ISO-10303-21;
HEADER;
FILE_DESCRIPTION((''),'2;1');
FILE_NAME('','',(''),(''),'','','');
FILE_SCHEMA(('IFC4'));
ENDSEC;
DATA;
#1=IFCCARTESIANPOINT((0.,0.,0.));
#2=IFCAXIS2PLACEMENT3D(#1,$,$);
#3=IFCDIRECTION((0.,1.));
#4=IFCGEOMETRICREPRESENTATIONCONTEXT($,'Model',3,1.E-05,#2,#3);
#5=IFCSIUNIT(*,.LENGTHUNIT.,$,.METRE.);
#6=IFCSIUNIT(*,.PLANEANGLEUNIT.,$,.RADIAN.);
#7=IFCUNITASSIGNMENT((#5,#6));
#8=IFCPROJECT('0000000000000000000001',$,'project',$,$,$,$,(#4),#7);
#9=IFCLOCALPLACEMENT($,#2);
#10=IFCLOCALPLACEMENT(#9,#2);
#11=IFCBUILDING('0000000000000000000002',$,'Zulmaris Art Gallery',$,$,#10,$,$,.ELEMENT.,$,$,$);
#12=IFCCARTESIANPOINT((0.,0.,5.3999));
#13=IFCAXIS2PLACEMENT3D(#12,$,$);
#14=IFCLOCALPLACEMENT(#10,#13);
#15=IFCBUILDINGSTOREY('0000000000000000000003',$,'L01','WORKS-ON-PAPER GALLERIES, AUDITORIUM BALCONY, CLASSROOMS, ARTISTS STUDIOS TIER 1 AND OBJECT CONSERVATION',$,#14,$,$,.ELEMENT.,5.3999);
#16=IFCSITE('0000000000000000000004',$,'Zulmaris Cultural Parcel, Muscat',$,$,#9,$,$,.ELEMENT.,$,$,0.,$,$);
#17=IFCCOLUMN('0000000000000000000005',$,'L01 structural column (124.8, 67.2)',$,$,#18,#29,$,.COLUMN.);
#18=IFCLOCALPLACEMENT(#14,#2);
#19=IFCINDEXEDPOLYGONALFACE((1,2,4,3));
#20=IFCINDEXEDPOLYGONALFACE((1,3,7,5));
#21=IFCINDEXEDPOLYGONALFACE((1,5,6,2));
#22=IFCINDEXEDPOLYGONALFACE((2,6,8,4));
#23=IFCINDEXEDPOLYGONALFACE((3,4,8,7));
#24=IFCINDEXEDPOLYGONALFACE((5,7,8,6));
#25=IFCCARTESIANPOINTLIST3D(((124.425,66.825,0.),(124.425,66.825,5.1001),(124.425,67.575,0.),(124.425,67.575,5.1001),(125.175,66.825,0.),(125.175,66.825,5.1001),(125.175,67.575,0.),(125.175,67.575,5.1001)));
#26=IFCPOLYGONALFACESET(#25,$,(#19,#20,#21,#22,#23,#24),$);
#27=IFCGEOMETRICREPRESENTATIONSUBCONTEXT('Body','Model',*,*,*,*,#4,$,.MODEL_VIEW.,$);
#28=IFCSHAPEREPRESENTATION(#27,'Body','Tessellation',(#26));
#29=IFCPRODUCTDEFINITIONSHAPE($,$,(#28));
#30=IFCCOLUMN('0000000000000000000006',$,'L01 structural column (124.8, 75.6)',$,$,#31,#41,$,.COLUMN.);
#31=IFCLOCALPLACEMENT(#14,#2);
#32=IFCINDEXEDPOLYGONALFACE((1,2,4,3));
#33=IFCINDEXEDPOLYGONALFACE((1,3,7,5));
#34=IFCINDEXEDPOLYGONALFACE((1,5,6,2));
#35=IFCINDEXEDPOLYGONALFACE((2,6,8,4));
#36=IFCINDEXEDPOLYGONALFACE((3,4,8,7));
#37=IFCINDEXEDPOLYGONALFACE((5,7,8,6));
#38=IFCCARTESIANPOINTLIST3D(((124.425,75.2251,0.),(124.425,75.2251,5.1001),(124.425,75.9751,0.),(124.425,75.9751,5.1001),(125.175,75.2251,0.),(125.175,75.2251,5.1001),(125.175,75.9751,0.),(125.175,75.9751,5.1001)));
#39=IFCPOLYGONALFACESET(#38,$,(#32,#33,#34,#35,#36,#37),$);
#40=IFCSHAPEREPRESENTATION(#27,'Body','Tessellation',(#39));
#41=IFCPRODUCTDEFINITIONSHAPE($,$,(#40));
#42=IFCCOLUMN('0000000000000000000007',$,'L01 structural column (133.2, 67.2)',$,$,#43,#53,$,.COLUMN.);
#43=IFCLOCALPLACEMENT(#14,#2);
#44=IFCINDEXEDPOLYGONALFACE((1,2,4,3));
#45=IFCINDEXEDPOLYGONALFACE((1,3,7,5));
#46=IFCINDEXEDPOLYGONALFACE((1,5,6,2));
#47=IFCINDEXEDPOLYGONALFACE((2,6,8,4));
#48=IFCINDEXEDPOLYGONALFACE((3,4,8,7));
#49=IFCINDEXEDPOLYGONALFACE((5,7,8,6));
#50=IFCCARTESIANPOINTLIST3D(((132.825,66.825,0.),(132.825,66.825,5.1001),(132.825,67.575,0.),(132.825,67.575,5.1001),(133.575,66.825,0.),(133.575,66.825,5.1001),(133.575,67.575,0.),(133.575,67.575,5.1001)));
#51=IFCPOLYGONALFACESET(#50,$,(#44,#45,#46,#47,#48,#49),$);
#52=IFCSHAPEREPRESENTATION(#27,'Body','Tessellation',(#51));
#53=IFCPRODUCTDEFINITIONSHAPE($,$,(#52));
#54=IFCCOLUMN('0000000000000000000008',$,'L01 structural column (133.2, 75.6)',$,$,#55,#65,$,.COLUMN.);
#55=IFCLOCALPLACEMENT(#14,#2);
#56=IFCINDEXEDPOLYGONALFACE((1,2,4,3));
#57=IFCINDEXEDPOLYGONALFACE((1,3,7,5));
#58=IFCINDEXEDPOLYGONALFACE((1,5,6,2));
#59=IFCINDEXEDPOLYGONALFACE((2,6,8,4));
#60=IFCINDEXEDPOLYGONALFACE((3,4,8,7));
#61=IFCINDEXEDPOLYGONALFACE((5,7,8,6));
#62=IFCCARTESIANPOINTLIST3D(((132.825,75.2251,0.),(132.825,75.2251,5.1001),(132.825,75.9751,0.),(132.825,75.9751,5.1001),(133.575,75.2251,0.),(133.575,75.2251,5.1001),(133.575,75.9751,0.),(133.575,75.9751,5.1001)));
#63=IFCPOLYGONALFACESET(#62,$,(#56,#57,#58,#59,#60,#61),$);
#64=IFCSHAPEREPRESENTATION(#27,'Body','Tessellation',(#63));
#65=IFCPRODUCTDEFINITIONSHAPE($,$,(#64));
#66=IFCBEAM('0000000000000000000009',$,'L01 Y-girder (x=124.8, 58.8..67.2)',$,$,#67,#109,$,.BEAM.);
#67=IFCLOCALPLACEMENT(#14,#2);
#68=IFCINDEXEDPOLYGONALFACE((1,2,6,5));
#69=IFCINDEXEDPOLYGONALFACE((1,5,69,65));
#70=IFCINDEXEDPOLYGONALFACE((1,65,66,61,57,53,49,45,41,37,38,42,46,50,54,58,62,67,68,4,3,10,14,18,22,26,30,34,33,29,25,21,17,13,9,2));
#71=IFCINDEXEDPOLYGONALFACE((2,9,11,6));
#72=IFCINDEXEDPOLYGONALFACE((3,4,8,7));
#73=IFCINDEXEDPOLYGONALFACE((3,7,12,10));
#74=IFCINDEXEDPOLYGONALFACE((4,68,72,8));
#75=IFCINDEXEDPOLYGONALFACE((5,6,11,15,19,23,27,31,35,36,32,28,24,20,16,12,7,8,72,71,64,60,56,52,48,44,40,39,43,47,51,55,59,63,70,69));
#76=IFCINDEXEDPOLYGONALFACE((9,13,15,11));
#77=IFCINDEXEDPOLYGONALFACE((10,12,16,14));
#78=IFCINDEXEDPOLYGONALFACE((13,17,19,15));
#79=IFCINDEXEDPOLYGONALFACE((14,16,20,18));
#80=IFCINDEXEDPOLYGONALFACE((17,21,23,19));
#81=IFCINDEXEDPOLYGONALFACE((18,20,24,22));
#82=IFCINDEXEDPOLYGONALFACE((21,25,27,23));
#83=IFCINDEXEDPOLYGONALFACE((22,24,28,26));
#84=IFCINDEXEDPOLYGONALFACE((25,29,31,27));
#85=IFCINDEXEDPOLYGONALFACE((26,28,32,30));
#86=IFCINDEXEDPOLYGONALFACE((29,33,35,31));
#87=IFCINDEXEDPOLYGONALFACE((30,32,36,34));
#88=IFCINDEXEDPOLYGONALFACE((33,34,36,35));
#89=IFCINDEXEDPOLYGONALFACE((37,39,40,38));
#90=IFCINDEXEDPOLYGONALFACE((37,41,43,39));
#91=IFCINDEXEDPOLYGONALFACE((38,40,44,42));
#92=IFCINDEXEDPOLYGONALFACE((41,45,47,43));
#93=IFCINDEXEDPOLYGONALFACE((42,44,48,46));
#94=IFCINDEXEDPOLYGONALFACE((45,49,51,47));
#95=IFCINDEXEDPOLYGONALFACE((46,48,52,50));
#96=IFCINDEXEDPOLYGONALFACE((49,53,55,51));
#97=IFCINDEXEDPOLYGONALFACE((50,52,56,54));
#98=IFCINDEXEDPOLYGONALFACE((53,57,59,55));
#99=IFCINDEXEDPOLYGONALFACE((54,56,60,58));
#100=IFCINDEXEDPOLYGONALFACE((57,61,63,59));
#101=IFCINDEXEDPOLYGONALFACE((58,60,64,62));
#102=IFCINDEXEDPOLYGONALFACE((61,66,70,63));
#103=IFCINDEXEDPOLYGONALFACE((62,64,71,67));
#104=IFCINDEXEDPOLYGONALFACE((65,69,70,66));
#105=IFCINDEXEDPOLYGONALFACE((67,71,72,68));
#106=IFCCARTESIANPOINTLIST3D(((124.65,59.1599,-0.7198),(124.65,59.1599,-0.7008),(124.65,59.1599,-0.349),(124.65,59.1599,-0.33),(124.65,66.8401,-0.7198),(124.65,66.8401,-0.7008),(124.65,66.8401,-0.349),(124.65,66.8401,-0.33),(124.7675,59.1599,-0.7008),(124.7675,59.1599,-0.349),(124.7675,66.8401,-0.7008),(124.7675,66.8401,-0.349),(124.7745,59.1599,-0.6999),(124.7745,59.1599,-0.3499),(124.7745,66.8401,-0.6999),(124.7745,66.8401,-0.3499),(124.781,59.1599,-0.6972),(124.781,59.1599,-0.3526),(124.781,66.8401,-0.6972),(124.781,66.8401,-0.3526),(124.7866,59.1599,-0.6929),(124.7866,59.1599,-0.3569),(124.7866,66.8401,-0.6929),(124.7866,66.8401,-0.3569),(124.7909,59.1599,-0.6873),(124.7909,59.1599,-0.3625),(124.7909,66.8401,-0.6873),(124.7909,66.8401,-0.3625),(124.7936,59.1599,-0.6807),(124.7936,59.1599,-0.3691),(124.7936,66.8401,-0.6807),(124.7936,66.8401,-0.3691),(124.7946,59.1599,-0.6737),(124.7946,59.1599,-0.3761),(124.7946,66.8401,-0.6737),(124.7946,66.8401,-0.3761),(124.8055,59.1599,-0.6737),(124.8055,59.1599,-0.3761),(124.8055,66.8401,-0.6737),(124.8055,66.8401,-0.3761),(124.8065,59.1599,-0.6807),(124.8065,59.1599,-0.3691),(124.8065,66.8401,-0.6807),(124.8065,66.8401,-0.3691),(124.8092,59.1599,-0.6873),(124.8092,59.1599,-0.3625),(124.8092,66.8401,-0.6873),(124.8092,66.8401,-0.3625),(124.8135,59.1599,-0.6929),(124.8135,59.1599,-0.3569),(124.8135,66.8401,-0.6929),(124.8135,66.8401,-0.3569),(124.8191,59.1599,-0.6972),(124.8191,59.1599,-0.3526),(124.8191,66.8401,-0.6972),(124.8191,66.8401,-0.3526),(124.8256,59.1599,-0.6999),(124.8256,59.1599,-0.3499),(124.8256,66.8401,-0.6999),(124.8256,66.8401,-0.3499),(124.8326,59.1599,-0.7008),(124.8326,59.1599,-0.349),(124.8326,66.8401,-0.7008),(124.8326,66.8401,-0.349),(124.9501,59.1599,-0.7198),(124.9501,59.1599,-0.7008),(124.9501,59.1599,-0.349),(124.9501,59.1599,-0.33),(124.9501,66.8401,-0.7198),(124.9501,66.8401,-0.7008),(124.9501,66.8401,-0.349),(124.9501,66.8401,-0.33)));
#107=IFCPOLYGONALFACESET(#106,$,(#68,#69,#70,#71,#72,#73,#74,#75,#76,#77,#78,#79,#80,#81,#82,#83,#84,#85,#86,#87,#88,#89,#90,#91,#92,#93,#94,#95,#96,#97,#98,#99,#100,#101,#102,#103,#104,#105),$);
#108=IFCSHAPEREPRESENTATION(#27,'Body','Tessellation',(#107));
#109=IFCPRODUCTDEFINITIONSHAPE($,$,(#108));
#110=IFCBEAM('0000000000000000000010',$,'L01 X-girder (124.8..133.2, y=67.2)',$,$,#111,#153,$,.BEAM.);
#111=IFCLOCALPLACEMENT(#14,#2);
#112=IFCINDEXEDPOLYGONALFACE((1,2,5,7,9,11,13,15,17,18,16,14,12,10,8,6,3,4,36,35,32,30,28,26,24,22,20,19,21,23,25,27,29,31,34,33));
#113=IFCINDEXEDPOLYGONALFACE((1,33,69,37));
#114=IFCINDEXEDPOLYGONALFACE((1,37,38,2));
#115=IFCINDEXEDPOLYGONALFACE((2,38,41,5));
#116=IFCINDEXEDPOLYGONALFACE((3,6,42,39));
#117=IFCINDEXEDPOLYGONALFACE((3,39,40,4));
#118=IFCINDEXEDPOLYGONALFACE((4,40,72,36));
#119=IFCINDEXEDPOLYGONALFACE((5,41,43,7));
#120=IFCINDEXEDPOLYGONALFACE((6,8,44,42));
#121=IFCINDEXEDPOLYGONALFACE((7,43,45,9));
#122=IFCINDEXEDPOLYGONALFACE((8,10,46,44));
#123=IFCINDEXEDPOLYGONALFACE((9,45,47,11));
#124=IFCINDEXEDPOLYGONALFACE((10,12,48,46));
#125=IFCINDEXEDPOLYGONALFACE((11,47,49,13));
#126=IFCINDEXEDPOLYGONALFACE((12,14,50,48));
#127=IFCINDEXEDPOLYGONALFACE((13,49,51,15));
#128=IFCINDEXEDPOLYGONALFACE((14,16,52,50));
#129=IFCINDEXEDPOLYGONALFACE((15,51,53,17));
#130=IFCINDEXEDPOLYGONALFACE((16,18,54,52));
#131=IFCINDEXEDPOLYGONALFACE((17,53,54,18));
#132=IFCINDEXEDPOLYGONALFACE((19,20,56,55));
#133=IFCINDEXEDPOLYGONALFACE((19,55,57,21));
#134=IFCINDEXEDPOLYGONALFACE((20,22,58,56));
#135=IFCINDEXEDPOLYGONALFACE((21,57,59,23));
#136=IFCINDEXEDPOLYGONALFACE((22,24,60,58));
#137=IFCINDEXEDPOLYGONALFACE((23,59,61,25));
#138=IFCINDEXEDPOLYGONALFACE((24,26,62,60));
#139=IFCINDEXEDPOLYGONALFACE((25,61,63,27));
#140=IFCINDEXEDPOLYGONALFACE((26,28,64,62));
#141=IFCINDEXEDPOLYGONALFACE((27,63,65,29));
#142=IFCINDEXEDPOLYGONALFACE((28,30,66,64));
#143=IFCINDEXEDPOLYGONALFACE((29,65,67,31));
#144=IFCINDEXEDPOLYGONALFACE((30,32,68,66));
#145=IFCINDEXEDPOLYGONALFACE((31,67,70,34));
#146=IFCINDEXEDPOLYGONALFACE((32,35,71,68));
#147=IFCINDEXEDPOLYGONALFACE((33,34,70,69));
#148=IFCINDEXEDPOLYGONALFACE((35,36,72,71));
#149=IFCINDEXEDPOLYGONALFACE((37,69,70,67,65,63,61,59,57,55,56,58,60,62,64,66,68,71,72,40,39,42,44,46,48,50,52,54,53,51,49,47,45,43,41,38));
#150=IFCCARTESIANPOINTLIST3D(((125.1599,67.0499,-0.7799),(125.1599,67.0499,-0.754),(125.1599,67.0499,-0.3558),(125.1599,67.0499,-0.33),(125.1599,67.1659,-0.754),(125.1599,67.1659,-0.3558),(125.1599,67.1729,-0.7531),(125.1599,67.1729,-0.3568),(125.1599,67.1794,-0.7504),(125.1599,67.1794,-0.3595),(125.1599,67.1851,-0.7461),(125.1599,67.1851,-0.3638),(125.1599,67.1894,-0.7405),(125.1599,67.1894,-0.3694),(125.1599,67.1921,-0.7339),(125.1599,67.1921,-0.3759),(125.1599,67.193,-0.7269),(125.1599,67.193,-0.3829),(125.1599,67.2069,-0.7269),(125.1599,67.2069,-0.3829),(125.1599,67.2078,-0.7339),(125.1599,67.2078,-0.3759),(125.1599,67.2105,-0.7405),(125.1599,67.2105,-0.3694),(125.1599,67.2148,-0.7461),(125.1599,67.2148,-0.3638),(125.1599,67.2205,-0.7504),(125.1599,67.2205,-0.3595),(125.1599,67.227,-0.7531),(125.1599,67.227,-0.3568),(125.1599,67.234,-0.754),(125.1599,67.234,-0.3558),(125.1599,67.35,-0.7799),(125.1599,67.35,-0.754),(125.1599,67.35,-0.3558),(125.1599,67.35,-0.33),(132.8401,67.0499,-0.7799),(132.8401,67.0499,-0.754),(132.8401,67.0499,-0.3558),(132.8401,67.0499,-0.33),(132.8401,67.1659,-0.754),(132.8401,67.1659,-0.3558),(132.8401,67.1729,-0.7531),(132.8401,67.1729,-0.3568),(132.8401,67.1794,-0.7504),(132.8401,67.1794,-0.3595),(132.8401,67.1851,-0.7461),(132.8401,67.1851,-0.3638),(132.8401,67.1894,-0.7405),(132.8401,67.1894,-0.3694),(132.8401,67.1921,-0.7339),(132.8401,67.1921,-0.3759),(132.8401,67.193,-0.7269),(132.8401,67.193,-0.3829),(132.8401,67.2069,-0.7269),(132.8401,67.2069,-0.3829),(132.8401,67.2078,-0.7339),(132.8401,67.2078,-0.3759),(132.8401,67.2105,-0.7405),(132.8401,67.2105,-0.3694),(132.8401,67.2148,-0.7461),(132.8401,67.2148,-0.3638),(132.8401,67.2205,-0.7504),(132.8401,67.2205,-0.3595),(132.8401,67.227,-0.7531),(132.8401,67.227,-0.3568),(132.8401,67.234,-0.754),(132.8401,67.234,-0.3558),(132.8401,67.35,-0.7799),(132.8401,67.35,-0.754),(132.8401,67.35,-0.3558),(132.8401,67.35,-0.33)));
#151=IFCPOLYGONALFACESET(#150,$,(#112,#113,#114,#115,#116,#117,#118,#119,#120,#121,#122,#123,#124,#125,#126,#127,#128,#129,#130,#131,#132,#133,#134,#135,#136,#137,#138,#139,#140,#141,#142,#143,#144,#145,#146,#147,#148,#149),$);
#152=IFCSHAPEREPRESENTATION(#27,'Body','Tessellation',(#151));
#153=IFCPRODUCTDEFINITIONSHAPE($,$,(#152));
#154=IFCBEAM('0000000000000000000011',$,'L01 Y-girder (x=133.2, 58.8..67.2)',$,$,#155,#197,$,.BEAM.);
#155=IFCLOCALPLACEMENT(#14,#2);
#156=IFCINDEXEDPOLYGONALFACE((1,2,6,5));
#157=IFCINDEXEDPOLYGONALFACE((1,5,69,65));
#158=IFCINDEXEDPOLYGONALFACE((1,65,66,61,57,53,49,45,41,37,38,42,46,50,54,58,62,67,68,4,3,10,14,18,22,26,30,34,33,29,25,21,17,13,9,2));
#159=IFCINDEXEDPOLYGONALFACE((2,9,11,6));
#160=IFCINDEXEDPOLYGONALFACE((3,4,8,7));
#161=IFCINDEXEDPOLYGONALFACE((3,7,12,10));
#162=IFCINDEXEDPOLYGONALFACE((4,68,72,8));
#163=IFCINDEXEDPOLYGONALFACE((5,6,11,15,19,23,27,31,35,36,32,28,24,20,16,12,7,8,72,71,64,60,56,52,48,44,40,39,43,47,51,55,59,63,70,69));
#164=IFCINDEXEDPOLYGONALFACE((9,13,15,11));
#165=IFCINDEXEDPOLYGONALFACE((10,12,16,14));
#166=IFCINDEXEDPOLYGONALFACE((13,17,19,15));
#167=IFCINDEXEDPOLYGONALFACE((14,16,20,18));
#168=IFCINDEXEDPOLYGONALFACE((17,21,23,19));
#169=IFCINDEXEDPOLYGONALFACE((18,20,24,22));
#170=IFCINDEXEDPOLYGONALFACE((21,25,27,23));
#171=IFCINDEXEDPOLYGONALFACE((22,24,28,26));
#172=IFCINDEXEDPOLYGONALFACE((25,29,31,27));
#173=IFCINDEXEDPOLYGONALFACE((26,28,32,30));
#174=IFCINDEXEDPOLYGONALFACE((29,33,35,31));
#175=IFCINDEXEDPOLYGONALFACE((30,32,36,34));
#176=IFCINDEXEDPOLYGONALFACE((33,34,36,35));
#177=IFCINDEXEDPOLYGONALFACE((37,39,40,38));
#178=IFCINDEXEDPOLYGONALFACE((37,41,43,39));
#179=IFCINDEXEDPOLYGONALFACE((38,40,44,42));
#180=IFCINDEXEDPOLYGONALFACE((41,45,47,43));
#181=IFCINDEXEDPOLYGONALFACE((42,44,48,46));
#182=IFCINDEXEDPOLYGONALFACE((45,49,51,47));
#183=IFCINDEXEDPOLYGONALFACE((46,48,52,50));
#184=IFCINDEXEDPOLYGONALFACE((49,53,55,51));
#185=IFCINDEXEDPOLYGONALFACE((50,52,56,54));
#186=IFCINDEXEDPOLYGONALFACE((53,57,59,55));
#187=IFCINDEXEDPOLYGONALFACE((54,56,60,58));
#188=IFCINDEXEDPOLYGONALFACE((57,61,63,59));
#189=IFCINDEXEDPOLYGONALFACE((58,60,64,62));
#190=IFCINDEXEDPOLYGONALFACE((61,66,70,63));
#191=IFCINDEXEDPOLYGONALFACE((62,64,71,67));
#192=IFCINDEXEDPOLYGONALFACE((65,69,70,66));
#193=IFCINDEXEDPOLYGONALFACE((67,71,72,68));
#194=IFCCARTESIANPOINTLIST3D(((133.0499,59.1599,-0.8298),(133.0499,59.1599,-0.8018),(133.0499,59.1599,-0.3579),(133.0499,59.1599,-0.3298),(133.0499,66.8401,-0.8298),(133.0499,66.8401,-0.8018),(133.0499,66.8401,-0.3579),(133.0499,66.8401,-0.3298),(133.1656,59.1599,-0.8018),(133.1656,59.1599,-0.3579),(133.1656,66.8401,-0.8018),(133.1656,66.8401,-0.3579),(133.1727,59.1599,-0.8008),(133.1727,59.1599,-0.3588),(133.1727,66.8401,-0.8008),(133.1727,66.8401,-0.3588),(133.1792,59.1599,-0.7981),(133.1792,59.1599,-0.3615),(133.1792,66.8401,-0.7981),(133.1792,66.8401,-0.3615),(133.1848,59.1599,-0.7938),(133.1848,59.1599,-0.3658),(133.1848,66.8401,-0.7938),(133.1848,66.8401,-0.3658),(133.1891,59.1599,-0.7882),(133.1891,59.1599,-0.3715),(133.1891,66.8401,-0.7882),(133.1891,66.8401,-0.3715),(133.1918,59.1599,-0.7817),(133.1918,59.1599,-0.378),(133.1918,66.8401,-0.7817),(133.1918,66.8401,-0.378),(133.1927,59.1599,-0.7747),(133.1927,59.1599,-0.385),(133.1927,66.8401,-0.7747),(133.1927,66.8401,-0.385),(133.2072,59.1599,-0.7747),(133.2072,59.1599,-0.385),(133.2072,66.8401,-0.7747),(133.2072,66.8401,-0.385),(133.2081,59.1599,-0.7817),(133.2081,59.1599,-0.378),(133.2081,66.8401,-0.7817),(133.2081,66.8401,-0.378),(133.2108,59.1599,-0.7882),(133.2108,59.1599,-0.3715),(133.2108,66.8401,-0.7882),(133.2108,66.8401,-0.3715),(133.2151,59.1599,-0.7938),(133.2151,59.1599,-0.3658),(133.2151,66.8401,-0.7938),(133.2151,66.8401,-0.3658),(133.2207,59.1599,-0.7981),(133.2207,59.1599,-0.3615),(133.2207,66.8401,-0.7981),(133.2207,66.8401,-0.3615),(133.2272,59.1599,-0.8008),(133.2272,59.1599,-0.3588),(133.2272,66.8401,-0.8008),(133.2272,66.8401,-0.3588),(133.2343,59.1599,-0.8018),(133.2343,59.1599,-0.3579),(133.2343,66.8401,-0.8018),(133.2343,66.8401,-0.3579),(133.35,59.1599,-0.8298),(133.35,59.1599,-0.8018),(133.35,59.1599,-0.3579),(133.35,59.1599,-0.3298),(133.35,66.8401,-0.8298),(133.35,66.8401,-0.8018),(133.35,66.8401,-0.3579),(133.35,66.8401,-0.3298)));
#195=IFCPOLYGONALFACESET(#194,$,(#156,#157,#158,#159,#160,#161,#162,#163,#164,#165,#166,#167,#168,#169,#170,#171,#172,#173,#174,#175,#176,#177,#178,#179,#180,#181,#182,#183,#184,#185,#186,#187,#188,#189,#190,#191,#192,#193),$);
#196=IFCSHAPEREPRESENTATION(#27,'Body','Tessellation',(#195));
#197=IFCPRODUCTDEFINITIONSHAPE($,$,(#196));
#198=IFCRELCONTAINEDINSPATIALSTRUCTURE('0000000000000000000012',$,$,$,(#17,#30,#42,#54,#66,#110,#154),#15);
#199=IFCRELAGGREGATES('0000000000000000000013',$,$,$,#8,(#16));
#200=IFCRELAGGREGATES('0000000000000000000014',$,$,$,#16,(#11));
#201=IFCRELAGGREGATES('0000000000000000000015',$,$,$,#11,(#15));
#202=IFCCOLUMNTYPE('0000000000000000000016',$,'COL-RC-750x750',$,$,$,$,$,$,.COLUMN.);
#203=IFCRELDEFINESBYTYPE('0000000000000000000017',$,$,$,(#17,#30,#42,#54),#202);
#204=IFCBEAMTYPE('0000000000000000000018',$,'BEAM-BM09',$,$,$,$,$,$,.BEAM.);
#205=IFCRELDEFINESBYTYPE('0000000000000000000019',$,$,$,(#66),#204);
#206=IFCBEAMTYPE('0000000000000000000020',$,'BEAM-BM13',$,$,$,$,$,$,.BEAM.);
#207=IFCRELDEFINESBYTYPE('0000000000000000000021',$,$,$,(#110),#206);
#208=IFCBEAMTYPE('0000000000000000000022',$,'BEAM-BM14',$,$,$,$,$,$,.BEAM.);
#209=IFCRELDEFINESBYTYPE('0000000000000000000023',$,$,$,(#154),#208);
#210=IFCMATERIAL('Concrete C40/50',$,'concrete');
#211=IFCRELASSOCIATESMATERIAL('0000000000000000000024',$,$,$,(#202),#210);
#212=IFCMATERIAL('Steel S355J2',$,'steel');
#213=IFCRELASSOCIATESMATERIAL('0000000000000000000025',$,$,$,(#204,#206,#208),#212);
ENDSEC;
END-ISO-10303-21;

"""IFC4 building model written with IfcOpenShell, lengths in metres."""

from ifc_helpers import new_model, si_unit, direction, frame, origin, origin_2d, place, context, subcontext, project, spatial, rectangle, i_section, extrude, material, material_profile, profile_set, type_object, element, save


model = new_model("IFC4")

# Units and contexts
model_context = context("Model", 3, precision=1e-05, world=origin(), true_north=direction((0.0, 1.0)))
body_context = subcontext(model_context, "Body", "Model", "MODEL_VIEW")
ifc_project = project(units=[si_unit("LENGTHUNIT", "METRE"), si_unit("PLANEANGLEUNIT", "RADIAN")], contexts=[model_context])

# Site, building, storey
site_placement = place(None, origin())
site = spatial("IfcSite", under=ifc_project, at=site_placement, Name="Zulmaris Cultural Parcel, Muscat", CompositionType="ELEMENT", RefElevation=0.0)
building_placement = place(site_placement, origin())
building = spatial("IfcBuilding", under=site, at=building_placement, Name="Zulmaris Art Gallery", CompositionType="ELEMENT")
storey_placement = place(building_placement, frame((0.0, 0.0, 5.3999)))
storey = spatial("IfcBuildingStorey", under=building, at=storey_placement, Name="L01", Description="WORKS-ON-PAPER GALLERIES, AUDITORIUM BALCONY, CLASSROOMS, ARTISTS STUDIOS TIER 1 AND OBJECT CONSERVATION", CompositionType="ELEMENT", Elevation=5.3999)

# Columns
ifc_material_1 = material(Name="Concrete C40/50", Category="concrete")
ifc_material_profile_1 = material_profile(ifc_material_1, rectangle(XDim=0.75, YDim=0.75, at=origin_2d()), Name="RC 750x750")
ifc_profile_set_1 = profile_set([ifc_material_profile_1], Name="Concrete C40/50")
column_type = type_object("IfcColumnType", Name="COL-RC-750x750", PredefinedType="COLUMN", material=ifc_profile_set_1)
for number, where, z_axis, x_axis, name in (
    (1, (124.8, 67.2, 0.0), (0.0, 0.0, 1.0), (1.0, 0.0, 0.0), "L01 structural column (124.8, 67.2)"),
    (2, (124.8, 75.6001, 0.0), (0.0, 0.0, 1.0), (1.0, 0.0, 0.0), "L01 structural column (124.8, 75.6)"),
    (3, (133.2, 67.2, 0.0), (0.0, 0.0, 1.0), (1.0, 0.0, 0.0), "L01 structural column (133.2, 67.2)"),
    (4, (133.2, 75.6001, 0.0), (0.0, 0.0, 1.0), (1.0, 0.0, 0.0), "L01 structural column (133.2, 75.6)"),
):
    element("IfcColumn", number, at=place(storey_placement, frame(where, z_axis=z_axis, x_axis=x_axis)), inside=storey, type_object=column_type, Name=name, PredefinedType="COLUMN", context=body_context, shape_type="SweptSolid", body=[
        extrude(rectangle(XDim=0.75, YDim=0.75, at=origin_2d()), origin(), (0.0, 0.0, 1.0), 5.1001),
    ])

# Beams
ifc_material_2 = material(Name="Steel S355J2", Category="steel")
ifc_material_profile_2 = material_profile(ifc_material_2, i_section(OverallWidth=0.3, OverallDepth=0.3899, WebThickness=0.011, FlangeThickness=0.019, FilletRadius=0.0271, at=origin_2d()), Name="HEA 400")
ifc_profile_set_2 = profile_set([ifc_material_profile_2], Name="Steel S355J2")
beam_type_1 = type_object("IfcBeamType", Name="BEAM-BM09", PredefinedType="BEAM", material=ifc_profile_set_2)
beam_1_placement = place(storey_placement, frame((124.8, 59.1599, -0.5249), z_axis=(0.0, 1.0, 0.0), x_axis=(-1.0, 0.0, 0.0)))
element("IfcBeam", 5, at=beam_1_placement, inside=storey, type_object=beam_type_1, Name="L01 Y-girder (x=124.8, 58.8..67.2)", PredefinedType="BEAM", context=body_context, shape_type="SweptSolid", body=[
    extrude(i_section(OverallWidth=0.3, OverallDepth=0.3899, WebThickness=0.011, FlangeThickness=0.019, FilletRadius=0.0271, at=origin_2d()), origin(), (0.0, 0.0, 1.0), 7.6802),
])
ifc_material_profile_3 = material_profile(ifc_material_2, i_section(OverallWidth=0.3, OverallDepth=0.45, WebThickness=0.0139, FlangeThickness=0.0259, FilletRadius=0.0271, at=origin_2d()), Name="HEB 450")
ifc_profile_set_3 = profile_set([ifc_material_profile_3], Name="Steel S355J2")
beam_type_2 = type_object("IfcBeamType", Name="BEAM-BM13", PredefinedType="BEAM", material=ifc_profile_set_3)
beam_2_placement = place(storey_placement, frame((125.1599, 67.2, -0.5549), z_axis=(1.0, 0.0, 0.0), x_axis=(0.0, 1.0, 0.0)))
element("IfcBeam", 6, at=beam_2_placement, inside=storey, type_object=beam_type_2, Name="L01 X-girder (124.8..133.2, y=67.2)", PredefinedType="BEAM", context=body_context, shape_type="SweptSolid", body=[
    extrude(i_section(OverallWidth=0.3, OverallDepth=0.45, WebThickness=0.0139, FlangeThickness=0.0259, FilletRadius=0.0271, at=origin_2d()), origin(), (0.0, 0.0, 1.0), 7.6802),
])
ifc_material_profile_4 = material_profile(ifc_material_2, i_section(OverallWidth=0.3, OverallDepth=0.5, WebThickness=0.0144, FlangeThickness=0.0281, FilletRadius=0.0271, at=origin_2d()), Name="HEB 500")
ifc_profile_set_4 = profile_set([ifc_material_profile_4], Name="Steel S355J2")
beam_type_3 = type_object("IfcBeamType", Name="BEAM-BM14", PredefinedType="BEAM", material=ifc_profile_set_4)
beam_3_placement = place(storey_placement, frame((133.2, 59.1599, -0.5798), z_axis=(0.0, 1.0, 0.0), x_axis=(-1.0, 0.0, 0.0)))
element("IfcBeam", 7, at=beam_3_placement, inside=storey, type_object=beam_type_3, Name="L01 Y-girder (x=133.2, 58.8..67.2)", PredefinedType="BEAM", context=body_context, shape_type="SweptSolid", body=[
    extrude(i_section(OverallWidth=0.3, OverallDepth=0.5, WebThickness=0.0144, FlangeThickness=0.0281, FilletRadius=0.0271, at=origin_2d()), origin(), (0.0, 0.0, 1.0), 7.6802),
])

save(model, "model.ifc")
